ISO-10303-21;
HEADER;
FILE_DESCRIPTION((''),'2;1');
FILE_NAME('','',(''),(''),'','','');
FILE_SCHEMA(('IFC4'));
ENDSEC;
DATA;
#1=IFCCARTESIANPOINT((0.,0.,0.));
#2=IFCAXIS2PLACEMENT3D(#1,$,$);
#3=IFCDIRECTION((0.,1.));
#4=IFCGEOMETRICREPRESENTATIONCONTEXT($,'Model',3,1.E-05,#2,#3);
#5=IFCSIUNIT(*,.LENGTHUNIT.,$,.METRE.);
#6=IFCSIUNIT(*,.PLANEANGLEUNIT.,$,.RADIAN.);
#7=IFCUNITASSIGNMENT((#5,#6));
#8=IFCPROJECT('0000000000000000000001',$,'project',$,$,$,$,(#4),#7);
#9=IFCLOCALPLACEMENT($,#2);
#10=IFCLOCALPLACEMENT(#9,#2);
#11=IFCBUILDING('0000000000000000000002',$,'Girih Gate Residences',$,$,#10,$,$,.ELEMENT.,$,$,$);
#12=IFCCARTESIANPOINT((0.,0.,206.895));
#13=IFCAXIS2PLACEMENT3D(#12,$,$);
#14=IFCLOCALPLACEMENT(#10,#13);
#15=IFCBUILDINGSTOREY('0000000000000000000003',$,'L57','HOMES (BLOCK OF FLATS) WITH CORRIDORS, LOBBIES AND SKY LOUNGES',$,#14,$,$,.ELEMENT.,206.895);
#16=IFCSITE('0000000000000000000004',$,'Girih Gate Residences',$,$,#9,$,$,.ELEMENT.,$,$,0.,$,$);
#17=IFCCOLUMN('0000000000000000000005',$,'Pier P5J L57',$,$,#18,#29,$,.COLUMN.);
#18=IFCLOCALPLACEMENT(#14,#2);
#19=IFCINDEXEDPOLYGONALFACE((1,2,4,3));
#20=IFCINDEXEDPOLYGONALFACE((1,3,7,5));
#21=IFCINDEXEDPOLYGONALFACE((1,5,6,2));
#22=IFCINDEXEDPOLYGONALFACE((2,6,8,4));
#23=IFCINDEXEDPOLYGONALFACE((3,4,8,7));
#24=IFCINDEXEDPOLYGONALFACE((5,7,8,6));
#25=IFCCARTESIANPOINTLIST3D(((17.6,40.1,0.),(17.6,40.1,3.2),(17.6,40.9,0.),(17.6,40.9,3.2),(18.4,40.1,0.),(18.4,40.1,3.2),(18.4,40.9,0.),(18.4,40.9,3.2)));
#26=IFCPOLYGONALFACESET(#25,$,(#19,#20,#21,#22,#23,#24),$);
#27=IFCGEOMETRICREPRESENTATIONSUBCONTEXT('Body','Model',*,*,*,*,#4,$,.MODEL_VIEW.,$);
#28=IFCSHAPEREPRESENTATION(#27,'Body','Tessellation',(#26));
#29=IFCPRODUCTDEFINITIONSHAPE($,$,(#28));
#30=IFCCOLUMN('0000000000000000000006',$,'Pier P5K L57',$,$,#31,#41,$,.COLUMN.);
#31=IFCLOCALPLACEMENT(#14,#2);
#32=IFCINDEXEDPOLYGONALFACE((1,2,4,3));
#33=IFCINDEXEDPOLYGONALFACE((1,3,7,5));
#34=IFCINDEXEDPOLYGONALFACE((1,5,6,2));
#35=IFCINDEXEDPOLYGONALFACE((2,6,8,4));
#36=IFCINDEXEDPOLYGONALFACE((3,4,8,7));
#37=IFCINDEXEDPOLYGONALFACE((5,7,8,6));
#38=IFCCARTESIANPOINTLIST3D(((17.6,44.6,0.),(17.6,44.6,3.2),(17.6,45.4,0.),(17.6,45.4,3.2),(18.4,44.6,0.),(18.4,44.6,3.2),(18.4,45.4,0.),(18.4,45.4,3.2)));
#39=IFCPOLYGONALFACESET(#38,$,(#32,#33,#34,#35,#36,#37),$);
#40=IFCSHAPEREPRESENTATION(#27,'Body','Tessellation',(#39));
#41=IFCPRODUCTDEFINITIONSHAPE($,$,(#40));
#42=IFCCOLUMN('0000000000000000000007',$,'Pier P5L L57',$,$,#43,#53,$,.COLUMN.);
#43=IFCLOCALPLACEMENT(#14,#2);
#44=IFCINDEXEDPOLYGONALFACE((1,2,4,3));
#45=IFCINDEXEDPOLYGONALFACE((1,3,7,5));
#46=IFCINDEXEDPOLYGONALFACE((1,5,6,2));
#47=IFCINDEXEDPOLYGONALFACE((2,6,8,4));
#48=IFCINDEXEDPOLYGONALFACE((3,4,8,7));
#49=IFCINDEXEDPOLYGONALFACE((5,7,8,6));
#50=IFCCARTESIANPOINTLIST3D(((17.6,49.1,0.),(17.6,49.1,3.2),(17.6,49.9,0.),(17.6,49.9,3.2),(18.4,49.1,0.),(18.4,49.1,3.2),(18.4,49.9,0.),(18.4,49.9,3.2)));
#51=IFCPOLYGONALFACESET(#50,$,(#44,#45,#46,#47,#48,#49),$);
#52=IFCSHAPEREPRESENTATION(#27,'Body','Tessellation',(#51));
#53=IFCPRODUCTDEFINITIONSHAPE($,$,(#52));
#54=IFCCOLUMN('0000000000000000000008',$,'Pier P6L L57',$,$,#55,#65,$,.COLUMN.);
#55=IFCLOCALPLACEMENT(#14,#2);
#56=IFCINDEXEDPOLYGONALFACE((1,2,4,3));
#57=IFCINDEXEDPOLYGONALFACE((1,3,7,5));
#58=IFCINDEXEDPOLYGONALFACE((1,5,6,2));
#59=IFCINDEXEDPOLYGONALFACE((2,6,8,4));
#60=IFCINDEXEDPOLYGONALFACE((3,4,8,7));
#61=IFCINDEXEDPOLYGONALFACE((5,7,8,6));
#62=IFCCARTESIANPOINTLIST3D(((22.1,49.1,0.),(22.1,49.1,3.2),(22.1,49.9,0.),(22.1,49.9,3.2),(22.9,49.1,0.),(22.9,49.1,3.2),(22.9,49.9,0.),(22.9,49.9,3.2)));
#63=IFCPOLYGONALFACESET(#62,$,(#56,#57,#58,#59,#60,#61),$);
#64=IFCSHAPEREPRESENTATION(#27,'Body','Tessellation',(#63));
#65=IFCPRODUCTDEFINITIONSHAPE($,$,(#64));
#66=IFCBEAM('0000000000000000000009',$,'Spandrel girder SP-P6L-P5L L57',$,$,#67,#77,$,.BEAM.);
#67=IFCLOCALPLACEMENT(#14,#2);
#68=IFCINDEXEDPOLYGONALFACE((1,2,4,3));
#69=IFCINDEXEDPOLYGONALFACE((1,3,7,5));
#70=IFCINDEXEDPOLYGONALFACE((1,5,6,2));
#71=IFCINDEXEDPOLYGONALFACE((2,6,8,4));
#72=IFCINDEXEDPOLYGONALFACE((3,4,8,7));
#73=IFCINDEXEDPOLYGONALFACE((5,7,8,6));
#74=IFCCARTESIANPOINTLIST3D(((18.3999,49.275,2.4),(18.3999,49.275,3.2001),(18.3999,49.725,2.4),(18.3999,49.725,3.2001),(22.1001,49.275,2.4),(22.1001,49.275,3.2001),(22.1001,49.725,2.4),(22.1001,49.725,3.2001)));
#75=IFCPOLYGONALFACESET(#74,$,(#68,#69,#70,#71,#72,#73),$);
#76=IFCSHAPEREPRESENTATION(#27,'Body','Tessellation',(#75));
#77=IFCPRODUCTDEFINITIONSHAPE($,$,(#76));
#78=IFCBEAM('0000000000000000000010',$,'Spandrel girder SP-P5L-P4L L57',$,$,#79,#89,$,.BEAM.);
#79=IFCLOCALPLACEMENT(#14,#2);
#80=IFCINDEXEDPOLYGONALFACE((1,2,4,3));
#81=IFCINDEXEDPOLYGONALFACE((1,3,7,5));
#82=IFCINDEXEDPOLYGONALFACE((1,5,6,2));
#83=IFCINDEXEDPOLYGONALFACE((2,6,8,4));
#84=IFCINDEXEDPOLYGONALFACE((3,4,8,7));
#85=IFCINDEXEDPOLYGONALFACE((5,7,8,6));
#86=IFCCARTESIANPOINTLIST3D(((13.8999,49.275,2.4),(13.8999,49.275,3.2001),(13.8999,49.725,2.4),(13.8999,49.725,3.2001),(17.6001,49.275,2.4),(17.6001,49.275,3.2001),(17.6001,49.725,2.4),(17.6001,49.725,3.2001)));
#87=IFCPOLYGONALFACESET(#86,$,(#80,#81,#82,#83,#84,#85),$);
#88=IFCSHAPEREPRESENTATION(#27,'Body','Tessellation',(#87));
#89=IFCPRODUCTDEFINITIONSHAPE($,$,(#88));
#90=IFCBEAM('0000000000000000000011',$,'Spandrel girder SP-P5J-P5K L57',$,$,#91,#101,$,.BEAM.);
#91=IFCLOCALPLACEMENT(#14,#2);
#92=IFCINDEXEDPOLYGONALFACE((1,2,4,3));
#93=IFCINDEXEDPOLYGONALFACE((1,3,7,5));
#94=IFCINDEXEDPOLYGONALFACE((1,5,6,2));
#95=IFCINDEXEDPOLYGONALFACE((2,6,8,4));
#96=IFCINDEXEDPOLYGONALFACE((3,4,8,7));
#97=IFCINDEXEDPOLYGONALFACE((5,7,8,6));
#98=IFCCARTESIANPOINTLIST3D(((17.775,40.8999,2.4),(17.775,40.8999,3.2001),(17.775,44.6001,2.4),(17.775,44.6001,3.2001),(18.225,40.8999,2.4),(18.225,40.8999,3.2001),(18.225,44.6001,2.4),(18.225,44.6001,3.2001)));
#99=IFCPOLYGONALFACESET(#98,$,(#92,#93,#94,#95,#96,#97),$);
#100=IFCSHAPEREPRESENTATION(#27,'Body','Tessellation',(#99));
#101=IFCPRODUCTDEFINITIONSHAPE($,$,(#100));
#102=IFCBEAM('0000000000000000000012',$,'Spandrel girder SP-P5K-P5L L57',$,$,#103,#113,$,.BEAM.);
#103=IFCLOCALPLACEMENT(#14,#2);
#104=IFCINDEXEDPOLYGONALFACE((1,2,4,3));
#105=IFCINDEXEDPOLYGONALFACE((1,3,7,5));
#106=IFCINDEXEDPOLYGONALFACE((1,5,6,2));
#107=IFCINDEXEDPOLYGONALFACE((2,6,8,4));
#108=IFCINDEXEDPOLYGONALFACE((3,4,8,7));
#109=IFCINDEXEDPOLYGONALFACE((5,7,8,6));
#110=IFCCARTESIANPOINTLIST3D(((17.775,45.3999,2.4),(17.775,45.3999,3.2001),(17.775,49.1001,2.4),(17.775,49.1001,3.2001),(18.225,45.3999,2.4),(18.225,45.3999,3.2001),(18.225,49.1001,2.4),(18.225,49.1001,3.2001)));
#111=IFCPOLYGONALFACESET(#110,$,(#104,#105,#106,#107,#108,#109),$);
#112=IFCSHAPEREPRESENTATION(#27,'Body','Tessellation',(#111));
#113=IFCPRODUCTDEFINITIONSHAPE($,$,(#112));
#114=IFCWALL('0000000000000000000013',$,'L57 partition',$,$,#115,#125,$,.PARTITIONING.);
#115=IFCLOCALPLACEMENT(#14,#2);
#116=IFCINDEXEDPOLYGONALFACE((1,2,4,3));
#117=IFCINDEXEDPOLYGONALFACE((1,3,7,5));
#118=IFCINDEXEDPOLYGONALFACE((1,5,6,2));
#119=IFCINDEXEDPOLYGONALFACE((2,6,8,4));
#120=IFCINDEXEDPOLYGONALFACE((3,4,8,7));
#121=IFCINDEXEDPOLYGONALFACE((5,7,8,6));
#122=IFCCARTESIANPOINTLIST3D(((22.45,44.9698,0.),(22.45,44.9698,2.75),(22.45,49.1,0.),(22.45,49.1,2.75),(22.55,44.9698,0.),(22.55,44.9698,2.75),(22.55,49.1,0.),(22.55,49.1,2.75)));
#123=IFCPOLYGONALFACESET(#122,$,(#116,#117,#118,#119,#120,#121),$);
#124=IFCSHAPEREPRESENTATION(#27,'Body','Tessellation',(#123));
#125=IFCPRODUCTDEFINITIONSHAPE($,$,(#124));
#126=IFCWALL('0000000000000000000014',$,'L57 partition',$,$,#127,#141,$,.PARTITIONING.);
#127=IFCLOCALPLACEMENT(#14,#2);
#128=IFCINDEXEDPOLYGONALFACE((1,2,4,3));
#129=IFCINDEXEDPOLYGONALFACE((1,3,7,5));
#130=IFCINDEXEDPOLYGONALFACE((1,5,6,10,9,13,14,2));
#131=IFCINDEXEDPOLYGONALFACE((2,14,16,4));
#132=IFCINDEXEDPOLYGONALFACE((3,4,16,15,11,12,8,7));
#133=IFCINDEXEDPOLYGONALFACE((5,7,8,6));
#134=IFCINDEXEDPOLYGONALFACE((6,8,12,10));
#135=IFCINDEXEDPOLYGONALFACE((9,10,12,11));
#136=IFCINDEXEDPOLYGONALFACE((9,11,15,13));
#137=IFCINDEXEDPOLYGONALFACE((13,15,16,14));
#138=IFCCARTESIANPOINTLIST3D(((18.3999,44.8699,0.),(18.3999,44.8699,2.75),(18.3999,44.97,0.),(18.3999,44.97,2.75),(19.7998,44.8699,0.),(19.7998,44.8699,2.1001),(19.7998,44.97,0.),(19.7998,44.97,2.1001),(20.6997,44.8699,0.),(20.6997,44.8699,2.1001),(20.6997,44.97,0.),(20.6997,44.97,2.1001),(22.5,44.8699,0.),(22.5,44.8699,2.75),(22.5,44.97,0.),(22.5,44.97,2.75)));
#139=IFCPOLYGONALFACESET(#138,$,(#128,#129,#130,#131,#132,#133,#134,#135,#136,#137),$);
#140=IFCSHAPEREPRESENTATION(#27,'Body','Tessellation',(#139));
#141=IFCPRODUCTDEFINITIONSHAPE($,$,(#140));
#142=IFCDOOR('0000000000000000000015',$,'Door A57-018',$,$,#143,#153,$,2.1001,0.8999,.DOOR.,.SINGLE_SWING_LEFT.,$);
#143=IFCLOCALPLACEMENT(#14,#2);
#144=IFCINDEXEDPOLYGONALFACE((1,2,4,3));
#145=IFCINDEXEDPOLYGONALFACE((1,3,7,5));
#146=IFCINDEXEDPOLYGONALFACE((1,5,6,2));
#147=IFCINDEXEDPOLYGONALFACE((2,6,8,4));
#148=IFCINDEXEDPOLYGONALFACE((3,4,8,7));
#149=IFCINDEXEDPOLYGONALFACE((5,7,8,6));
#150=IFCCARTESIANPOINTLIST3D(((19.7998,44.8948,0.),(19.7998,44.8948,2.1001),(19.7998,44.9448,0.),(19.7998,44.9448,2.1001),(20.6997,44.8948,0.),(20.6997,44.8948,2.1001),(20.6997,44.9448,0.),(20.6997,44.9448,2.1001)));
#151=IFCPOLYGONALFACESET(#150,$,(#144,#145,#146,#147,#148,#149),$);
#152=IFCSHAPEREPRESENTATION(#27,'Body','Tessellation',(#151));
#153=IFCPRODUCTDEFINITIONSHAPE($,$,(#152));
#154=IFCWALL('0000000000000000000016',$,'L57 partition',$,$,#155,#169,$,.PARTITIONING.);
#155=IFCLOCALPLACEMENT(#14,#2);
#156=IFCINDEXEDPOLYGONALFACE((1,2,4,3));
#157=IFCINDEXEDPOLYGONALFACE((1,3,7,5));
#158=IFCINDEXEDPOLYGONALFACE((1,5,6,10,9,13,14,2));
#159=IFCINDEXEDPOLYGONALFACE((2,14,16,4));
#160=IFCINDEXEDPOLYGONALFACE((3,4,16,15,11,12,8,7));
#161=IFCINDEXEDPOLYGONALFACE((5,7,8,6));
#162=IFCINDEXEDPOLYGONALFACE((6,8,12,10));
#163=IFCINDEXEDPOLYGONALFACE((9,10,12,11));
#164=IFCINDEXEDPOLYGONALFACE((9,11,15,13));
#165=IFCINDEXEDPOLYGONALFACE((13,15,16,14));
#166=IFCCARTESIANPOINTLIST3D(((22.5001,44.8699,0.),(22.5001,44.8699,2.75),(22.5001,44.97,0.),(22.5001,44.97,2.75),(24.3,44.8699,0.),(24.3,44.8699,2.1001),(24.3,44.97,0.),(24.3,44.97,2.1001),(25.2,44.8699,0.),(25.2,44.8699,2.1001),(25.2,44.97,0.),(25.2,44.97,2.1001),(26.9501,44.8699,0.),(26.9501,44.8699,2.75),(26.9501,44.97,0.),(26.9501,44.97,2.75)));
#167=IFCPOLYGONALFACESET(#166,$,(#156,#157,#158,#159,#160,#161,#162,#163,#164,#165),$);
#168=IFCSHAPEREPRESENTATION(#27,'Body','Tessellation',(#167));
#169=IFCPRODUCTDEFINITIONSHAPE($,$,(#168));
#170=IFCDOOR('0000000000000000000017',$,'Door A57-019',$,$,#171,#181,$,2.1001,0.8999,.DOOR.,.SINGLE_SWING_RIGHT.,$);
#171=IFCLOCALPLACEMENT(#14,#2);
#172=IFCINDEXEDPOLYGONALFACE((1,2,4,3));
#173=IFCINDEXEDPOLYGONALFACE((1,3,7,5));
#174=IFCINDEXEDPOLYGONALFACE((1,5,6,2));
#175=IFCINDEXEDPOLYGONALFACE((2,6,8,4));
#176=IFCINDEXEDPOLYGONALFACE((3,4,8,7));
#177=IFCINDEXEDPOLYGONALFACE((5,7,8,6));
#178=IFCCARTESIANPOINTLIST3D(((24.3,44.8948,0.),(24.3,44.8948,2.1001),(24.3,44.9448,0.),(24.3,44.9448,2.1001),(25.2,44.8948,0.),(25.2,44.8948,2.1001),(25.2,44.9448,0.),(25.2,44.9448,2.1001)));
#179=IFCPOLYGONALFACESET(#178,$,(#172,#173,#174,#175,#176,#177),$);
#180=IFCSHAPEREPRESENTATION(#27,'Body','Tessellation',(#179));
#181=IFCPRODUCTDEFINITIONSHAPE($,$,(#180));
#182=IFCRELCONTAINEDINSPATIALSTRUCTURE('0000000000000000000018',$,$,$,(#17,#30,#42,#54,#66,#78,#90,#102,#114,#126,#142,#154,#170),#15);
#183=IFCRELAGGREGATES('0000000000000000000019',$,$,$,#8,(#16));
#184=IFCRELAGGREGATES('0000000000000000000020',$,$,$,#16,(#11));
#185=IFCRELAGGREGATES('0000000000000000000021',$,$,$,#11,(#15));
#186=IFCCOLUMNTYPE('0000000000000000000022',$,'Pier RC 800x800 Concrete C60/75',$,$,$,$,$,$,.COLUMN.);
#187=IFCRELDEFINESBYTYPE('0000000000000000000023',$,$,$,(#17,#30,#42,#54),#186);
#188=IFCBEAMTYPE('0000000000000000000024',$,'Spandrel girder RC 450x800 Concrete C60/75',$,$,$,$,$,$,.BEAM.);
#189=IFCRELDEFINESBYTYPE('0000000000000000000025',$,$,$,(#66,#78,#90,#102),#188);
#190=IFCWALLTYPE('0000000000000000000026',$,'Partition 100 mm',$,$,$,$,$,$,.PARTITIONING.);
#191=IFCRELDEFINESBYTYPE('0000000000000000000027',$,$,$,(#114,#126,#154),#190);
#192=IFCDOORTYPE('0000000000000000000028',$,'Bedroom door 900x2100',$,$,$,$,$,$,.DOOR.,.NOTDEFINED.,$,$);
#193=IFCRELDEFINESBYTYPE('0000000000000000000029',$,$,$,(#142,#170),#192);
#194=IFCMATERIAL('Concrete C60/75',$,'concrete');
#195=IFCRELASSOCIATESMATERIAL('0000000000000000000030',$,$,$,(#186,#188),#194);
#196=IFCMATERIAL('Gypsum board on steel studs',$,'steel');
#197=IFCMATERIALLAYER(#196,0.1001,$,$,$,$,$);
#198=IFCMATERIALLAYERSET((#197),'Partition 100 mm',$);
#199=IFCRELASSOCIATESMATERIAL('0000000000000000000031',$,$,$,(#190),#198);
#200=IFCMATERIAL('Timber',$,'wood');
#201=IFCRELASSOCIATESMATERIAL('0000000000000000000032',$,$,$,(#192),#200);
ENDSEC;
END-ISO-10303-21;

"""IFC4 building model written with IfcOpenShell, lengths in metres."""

from ifc_helpers import new_model, si_unit, direction, frame, frame_2d, origin, origin_2d, place, context, subcontext, project, spatial, rectangle, extrude, material, layer, layer_set, material_profile, profile_set, type_object, element, fill, save


model = new_model("IFC4")

# Units and contexts
model_context = context("Model", 3, precision=1e-05, world=origin(), true_north=direction((0.0, 1.0)))
body_context = subcontext(model_context, "Body", "Model", "MODEL_VIEW")
ifc_project = project(units=[si_unit("LENGTHUNIT", "METRE"), si_unit("PLANEANGLEUNIT", "RADIAN")], contexts=[model_context])

# Site, building, storey
site_placement = place(None, origin())
site = spatial("IfcSite", under=ifc_project, at=site_placement, Name="Girih Gate Residences", CompositionType="ELEMENT", RefElevation=0.0)
building_placement = place(site_placement, origin())
building = spatial("IfcBuilding", under=site, at=building_placement, Name="Girih Gate Residences", CompositionType="ELEMENT")
storey_placement = place(building_placement, frame((0.0, 0.0, 206.895)))
storey = spatial("IfcBuildingStorey", under=building, at=storey_placement, Name="L57", Description="HOMES (BLOCK OF FLATS) WITH CORRIDORS, LOBBIES AND SKY LOUNGES", CompositionType="ELEMENT", Elevation=206.895)

# Columns
ifc_material_1 = material(Name="Concrete C60/75", Category="concrete")
ifc_material_profile_1 = material_profile(ifc_material_1, rectangle(XDim=0.8, YDim=0.8, at=origin_2d()))
ifc_profile_set_1 = profile_set([ifc_material_profile_1], Name="Concrete C60/75")
column_type = type_object("IfcColumnType", Name="Pier RC 800x800 Concrete C60/75", PredefinedType="COLUMN", material=ifc_profile_set_1)
for number, where, z_axis, x_axis, name in (
    (1, (18.0, 40.5, 0.0), (0.0, 0.0, 1.0), (1.0, 0.0, 0.0), "Pier P5J L57"),
    (2, (18.0, 45.0, 0.0), (0.0, 0.0, 1.0), (1.0, 0.0, 0.0), "Pier P5K L57"),
    (3, (18.0, 49.5, 0.0), (0.0, 0.0, 1.0), (1.0, 0.0, 0.0), "Pier P5L L57"),
    (4, (22.5, 49.5, 0.0), (0.0, 0.0, 1.0), (1.0, 0.0, 0.0), "Pier P6L L57"),
):
    element("IfcColumn", number, at=place(storey_placement, frame(where, z_axis=z_axis, x_axis=x_axis)), inside=storey, type_object=column_type, Name=name, PredefinedType="COLUMN", context=body_context, shape_type="SweptSolid", body=[
        extrude(rectangle(XDim=0.8, YDim=0.8, at=origin_2d()), origin(), (0.0, 0.0, 1.0), 3.2),
    ])

# Beams
ifc_material_profile_2 = material_profile(ifc_material_1, rectangle(XDim=0.45, YDim=0.8, at=origin_2d()))
ifc_profile_set_2 = profile_set([ifc_material_profile_2], Name="Concrete C60/75")
beam_type = type_object("IfcBeamType", Name="Spandrel girder RC 450x800 Concrete C60/75", PredefinedType="BEAM", material=ifc_profile_set_2)
for number, where, z_axis, x_axis, name in (
    (5, (22.1001, 49.5, 2.8), (-1.0, 0.0, 0.0), (0.0, -1.0, 0.0), "Spandrel girder SP-P6L-P5L L57"),
    (6, (17.6001, 49.5, 2.8), (-1.0, 0.0, 0.0), (0.0, -1.0, 0.0), "Spandrel girder SP-P5L-P4L L57"),
    (7, (18.0, 40.8999, 2.8), (0.0, 1.0, 0.0), (-1.0, 0.0, 0.0), "Spandrel girder SP-P5J-P5K L57"),
    (8, (18.0, 45.3999, 2.8), (0.0, 1.0, 0.0), (-1.0, 0.0, 0.0), "Spandrel girder SP-P5K-P5L L57"),
):
    element("IfcBeam", number, at=place(storey_placement, frame(where, z_axis=z_axis, x_axis=x_axis)), inside=storey, type_object=beam_type, Name=name, PredefinedType="BEAM", context=body_context, shape_type="SweptSolid", body=[
        extrude(rectangle(XDim=0.45, YDim=0.8, at=origin_2d()), origin(), (0.0, 0.0, 1.0), 3.7002),
    ])

# Wall
ifc_material_2 = material(Name="Gypsum board on steel studs", Category="steel")
ifc_layer_1 = layer(ifc_material_2, 0.1001)
ifc_layer_set_1 = layer_set([ifc_layer_1], Name="Partition 100 mm")
wall_type_1 = type_object("IfcWallType", Name="Partition 100 mm", PredefinedType="PARTITIONING", material=ifc_layer_set_1)
wall_1_placement = place(storey_placement, frame((22.5, 44.97, 0.0), z_axis=(0.0, 0.0, 1.0), x_axis=(0.0, 1.0, 0.0)))
element("IfcWall", 9, at=wall_1_placement, inside=storey, type_object=wall_type_1, Name="L57 partition", PredefinedType="PARTITIONING", context=body_context, shape_type="SweptSolid", body=[
    extrude(rectangle(XDim=4.1301, YDim=0.1001, at=frame_2d((2.0649, 0.0))), origin(), (0.0, 0.0, 1.0), 2.75),
])

# Walls, openings, doors
wall_2_placement = place(storey_placement, frame((18.3999, 44.9199, 0.0), z_axis=(0.0, 0.0, 1.0), x_axis=(1.0, 0.0, 0.0)))
wall_2 = element("IfcWall", 10, at=wall_2_placement, inside=storey, type_object=wall_type_1, Name="L57 partition", PredefinedType="PARTITIONING", context=body_context, shape_type="SweptSolid", body=[
    extrude(rectangle(XDim=4.1001, YDim=0.1001, at=frame_2d((2.05, 0.0))), origin(), (0.0, 0.0, 1.0), 2.75),
])
opening_1_placement = place(wall_2_placement, frame((1.3999, 0.0, 0.0)))
opening_1 = element("IfcOpeningElement", 11, at=opening_1_placement, cuts=wall_2, PredefinedType="OPENING", context=body_context, shape_type="SweptSolid", body=[
    extrude(rectangle(XDim=0.8999, YDim=2.1001, at=frame_2d((0.45, 1.05))), frame((0.0, 0.0601, 0.0), z_axis=(0.0, -1.0, 0.0), x_axis=(1.0, 0.0, 0.0)), (0.0, 0.0, 1.0), 0.1201),
])
ifc_material_3 = material(Name="Timber", Category="wood")
door_type_1 = type_object("IfcDoorType", Name="Bedroom door 900x2100", OperationType="NOTDEFINED", PredefinedType="DOOR", material=ifc_material_3)
door_1_placement = place(opening_1_placement, origin())
door_1 = element("IfcDoor", 12, at=door_1_placement, inside=storey, type_object=door_type_1, Name="Door A57-018", OperationType="SINGLE_SWING_LEFT", OverallHeight=2.1001, OverallWidth=0.8999, PredefinedType="DOOR", context=body_context, shape_type="SweptSolid", body=[
    extrude(rectangle(XDim=0.8999, YDim=2.1001, at=frame_2d((0.45, 1.05))), frame((0.0, 0.0249, 0.0), z_axis=(0.0, -1.0, 0.0), x_axis=(1.0, 0.0, 0.0)), (0.0, 0.0, 1.0), 0.05),
])
fill(opening_1, door_1)
wall_3_placement = place(storey_placement, frame((22.5, 44.9199, 0.0), z_axis=(0.0, 0.0, 1.0), x_axis=(1.0, 0.0, 0.0)))
wall_3 = element("IfcWall", 13, at=wall_3_placement, inside=storey, type_object=wall_type_1, Name="L57 partition", PredefinedType="PARTITIONING", context=body_context, shape_type="SweptSolid", body=[
    extrude(rectangle(XDim=4.45, YDim=0.1001, at=frame_2d((2.2251, 0.0))), origin(), (0.0, 0.0, 1.0), 2.75),
])
opening_2_placement = place(wall_3_placement, frame((1.8, 0.0, 0.0)))
opening_2 = element("IfcOpeningElement", 14, at=opening_2_placement, cuts=wall_3, PredefinedType="OPENING", context=body_context, shape_type="SweptSolid", body=[
    extrude(rectangle(XDim=0.8999, YDim=2.1001, at=frame_2d((0.45, 1.05))), frame((0.0, 0.0601, 0.0), z_axis=(0.0, -1.0, 0.0), x_axis=(1.0, 0.0, 0.0)), (0.0, 0.0, 1.0), 0.1201),
])
door_2_placement = place(opening_2_placement, origin())
door_2 = element("IfcDoor", 15, at=door_2_placement, inside=storey, type_object=door_type_1, Name="Door A57-019", OperationType="SINGLE_SWING_RIGHT", OverallHeight=2.1001, OverallWidth=0.8999, PredefinedType="DOOR", context=body_context, shape_type="SweptSolid", body=[
    extrude(rectangle(XDim=0.8999, YDim=2.1001, at=frame_2d((0.45, 1.05))), frame((0.0, 0.0249, 0.0), z_axis=(0.0, -1.0, 0.0), x_axis=(1.0, 0.0, 0.0)), (0.0, 0.0, 1.0), 0.05),
])
fill(opening_2, door_2)

save(model, "model.ifc")
